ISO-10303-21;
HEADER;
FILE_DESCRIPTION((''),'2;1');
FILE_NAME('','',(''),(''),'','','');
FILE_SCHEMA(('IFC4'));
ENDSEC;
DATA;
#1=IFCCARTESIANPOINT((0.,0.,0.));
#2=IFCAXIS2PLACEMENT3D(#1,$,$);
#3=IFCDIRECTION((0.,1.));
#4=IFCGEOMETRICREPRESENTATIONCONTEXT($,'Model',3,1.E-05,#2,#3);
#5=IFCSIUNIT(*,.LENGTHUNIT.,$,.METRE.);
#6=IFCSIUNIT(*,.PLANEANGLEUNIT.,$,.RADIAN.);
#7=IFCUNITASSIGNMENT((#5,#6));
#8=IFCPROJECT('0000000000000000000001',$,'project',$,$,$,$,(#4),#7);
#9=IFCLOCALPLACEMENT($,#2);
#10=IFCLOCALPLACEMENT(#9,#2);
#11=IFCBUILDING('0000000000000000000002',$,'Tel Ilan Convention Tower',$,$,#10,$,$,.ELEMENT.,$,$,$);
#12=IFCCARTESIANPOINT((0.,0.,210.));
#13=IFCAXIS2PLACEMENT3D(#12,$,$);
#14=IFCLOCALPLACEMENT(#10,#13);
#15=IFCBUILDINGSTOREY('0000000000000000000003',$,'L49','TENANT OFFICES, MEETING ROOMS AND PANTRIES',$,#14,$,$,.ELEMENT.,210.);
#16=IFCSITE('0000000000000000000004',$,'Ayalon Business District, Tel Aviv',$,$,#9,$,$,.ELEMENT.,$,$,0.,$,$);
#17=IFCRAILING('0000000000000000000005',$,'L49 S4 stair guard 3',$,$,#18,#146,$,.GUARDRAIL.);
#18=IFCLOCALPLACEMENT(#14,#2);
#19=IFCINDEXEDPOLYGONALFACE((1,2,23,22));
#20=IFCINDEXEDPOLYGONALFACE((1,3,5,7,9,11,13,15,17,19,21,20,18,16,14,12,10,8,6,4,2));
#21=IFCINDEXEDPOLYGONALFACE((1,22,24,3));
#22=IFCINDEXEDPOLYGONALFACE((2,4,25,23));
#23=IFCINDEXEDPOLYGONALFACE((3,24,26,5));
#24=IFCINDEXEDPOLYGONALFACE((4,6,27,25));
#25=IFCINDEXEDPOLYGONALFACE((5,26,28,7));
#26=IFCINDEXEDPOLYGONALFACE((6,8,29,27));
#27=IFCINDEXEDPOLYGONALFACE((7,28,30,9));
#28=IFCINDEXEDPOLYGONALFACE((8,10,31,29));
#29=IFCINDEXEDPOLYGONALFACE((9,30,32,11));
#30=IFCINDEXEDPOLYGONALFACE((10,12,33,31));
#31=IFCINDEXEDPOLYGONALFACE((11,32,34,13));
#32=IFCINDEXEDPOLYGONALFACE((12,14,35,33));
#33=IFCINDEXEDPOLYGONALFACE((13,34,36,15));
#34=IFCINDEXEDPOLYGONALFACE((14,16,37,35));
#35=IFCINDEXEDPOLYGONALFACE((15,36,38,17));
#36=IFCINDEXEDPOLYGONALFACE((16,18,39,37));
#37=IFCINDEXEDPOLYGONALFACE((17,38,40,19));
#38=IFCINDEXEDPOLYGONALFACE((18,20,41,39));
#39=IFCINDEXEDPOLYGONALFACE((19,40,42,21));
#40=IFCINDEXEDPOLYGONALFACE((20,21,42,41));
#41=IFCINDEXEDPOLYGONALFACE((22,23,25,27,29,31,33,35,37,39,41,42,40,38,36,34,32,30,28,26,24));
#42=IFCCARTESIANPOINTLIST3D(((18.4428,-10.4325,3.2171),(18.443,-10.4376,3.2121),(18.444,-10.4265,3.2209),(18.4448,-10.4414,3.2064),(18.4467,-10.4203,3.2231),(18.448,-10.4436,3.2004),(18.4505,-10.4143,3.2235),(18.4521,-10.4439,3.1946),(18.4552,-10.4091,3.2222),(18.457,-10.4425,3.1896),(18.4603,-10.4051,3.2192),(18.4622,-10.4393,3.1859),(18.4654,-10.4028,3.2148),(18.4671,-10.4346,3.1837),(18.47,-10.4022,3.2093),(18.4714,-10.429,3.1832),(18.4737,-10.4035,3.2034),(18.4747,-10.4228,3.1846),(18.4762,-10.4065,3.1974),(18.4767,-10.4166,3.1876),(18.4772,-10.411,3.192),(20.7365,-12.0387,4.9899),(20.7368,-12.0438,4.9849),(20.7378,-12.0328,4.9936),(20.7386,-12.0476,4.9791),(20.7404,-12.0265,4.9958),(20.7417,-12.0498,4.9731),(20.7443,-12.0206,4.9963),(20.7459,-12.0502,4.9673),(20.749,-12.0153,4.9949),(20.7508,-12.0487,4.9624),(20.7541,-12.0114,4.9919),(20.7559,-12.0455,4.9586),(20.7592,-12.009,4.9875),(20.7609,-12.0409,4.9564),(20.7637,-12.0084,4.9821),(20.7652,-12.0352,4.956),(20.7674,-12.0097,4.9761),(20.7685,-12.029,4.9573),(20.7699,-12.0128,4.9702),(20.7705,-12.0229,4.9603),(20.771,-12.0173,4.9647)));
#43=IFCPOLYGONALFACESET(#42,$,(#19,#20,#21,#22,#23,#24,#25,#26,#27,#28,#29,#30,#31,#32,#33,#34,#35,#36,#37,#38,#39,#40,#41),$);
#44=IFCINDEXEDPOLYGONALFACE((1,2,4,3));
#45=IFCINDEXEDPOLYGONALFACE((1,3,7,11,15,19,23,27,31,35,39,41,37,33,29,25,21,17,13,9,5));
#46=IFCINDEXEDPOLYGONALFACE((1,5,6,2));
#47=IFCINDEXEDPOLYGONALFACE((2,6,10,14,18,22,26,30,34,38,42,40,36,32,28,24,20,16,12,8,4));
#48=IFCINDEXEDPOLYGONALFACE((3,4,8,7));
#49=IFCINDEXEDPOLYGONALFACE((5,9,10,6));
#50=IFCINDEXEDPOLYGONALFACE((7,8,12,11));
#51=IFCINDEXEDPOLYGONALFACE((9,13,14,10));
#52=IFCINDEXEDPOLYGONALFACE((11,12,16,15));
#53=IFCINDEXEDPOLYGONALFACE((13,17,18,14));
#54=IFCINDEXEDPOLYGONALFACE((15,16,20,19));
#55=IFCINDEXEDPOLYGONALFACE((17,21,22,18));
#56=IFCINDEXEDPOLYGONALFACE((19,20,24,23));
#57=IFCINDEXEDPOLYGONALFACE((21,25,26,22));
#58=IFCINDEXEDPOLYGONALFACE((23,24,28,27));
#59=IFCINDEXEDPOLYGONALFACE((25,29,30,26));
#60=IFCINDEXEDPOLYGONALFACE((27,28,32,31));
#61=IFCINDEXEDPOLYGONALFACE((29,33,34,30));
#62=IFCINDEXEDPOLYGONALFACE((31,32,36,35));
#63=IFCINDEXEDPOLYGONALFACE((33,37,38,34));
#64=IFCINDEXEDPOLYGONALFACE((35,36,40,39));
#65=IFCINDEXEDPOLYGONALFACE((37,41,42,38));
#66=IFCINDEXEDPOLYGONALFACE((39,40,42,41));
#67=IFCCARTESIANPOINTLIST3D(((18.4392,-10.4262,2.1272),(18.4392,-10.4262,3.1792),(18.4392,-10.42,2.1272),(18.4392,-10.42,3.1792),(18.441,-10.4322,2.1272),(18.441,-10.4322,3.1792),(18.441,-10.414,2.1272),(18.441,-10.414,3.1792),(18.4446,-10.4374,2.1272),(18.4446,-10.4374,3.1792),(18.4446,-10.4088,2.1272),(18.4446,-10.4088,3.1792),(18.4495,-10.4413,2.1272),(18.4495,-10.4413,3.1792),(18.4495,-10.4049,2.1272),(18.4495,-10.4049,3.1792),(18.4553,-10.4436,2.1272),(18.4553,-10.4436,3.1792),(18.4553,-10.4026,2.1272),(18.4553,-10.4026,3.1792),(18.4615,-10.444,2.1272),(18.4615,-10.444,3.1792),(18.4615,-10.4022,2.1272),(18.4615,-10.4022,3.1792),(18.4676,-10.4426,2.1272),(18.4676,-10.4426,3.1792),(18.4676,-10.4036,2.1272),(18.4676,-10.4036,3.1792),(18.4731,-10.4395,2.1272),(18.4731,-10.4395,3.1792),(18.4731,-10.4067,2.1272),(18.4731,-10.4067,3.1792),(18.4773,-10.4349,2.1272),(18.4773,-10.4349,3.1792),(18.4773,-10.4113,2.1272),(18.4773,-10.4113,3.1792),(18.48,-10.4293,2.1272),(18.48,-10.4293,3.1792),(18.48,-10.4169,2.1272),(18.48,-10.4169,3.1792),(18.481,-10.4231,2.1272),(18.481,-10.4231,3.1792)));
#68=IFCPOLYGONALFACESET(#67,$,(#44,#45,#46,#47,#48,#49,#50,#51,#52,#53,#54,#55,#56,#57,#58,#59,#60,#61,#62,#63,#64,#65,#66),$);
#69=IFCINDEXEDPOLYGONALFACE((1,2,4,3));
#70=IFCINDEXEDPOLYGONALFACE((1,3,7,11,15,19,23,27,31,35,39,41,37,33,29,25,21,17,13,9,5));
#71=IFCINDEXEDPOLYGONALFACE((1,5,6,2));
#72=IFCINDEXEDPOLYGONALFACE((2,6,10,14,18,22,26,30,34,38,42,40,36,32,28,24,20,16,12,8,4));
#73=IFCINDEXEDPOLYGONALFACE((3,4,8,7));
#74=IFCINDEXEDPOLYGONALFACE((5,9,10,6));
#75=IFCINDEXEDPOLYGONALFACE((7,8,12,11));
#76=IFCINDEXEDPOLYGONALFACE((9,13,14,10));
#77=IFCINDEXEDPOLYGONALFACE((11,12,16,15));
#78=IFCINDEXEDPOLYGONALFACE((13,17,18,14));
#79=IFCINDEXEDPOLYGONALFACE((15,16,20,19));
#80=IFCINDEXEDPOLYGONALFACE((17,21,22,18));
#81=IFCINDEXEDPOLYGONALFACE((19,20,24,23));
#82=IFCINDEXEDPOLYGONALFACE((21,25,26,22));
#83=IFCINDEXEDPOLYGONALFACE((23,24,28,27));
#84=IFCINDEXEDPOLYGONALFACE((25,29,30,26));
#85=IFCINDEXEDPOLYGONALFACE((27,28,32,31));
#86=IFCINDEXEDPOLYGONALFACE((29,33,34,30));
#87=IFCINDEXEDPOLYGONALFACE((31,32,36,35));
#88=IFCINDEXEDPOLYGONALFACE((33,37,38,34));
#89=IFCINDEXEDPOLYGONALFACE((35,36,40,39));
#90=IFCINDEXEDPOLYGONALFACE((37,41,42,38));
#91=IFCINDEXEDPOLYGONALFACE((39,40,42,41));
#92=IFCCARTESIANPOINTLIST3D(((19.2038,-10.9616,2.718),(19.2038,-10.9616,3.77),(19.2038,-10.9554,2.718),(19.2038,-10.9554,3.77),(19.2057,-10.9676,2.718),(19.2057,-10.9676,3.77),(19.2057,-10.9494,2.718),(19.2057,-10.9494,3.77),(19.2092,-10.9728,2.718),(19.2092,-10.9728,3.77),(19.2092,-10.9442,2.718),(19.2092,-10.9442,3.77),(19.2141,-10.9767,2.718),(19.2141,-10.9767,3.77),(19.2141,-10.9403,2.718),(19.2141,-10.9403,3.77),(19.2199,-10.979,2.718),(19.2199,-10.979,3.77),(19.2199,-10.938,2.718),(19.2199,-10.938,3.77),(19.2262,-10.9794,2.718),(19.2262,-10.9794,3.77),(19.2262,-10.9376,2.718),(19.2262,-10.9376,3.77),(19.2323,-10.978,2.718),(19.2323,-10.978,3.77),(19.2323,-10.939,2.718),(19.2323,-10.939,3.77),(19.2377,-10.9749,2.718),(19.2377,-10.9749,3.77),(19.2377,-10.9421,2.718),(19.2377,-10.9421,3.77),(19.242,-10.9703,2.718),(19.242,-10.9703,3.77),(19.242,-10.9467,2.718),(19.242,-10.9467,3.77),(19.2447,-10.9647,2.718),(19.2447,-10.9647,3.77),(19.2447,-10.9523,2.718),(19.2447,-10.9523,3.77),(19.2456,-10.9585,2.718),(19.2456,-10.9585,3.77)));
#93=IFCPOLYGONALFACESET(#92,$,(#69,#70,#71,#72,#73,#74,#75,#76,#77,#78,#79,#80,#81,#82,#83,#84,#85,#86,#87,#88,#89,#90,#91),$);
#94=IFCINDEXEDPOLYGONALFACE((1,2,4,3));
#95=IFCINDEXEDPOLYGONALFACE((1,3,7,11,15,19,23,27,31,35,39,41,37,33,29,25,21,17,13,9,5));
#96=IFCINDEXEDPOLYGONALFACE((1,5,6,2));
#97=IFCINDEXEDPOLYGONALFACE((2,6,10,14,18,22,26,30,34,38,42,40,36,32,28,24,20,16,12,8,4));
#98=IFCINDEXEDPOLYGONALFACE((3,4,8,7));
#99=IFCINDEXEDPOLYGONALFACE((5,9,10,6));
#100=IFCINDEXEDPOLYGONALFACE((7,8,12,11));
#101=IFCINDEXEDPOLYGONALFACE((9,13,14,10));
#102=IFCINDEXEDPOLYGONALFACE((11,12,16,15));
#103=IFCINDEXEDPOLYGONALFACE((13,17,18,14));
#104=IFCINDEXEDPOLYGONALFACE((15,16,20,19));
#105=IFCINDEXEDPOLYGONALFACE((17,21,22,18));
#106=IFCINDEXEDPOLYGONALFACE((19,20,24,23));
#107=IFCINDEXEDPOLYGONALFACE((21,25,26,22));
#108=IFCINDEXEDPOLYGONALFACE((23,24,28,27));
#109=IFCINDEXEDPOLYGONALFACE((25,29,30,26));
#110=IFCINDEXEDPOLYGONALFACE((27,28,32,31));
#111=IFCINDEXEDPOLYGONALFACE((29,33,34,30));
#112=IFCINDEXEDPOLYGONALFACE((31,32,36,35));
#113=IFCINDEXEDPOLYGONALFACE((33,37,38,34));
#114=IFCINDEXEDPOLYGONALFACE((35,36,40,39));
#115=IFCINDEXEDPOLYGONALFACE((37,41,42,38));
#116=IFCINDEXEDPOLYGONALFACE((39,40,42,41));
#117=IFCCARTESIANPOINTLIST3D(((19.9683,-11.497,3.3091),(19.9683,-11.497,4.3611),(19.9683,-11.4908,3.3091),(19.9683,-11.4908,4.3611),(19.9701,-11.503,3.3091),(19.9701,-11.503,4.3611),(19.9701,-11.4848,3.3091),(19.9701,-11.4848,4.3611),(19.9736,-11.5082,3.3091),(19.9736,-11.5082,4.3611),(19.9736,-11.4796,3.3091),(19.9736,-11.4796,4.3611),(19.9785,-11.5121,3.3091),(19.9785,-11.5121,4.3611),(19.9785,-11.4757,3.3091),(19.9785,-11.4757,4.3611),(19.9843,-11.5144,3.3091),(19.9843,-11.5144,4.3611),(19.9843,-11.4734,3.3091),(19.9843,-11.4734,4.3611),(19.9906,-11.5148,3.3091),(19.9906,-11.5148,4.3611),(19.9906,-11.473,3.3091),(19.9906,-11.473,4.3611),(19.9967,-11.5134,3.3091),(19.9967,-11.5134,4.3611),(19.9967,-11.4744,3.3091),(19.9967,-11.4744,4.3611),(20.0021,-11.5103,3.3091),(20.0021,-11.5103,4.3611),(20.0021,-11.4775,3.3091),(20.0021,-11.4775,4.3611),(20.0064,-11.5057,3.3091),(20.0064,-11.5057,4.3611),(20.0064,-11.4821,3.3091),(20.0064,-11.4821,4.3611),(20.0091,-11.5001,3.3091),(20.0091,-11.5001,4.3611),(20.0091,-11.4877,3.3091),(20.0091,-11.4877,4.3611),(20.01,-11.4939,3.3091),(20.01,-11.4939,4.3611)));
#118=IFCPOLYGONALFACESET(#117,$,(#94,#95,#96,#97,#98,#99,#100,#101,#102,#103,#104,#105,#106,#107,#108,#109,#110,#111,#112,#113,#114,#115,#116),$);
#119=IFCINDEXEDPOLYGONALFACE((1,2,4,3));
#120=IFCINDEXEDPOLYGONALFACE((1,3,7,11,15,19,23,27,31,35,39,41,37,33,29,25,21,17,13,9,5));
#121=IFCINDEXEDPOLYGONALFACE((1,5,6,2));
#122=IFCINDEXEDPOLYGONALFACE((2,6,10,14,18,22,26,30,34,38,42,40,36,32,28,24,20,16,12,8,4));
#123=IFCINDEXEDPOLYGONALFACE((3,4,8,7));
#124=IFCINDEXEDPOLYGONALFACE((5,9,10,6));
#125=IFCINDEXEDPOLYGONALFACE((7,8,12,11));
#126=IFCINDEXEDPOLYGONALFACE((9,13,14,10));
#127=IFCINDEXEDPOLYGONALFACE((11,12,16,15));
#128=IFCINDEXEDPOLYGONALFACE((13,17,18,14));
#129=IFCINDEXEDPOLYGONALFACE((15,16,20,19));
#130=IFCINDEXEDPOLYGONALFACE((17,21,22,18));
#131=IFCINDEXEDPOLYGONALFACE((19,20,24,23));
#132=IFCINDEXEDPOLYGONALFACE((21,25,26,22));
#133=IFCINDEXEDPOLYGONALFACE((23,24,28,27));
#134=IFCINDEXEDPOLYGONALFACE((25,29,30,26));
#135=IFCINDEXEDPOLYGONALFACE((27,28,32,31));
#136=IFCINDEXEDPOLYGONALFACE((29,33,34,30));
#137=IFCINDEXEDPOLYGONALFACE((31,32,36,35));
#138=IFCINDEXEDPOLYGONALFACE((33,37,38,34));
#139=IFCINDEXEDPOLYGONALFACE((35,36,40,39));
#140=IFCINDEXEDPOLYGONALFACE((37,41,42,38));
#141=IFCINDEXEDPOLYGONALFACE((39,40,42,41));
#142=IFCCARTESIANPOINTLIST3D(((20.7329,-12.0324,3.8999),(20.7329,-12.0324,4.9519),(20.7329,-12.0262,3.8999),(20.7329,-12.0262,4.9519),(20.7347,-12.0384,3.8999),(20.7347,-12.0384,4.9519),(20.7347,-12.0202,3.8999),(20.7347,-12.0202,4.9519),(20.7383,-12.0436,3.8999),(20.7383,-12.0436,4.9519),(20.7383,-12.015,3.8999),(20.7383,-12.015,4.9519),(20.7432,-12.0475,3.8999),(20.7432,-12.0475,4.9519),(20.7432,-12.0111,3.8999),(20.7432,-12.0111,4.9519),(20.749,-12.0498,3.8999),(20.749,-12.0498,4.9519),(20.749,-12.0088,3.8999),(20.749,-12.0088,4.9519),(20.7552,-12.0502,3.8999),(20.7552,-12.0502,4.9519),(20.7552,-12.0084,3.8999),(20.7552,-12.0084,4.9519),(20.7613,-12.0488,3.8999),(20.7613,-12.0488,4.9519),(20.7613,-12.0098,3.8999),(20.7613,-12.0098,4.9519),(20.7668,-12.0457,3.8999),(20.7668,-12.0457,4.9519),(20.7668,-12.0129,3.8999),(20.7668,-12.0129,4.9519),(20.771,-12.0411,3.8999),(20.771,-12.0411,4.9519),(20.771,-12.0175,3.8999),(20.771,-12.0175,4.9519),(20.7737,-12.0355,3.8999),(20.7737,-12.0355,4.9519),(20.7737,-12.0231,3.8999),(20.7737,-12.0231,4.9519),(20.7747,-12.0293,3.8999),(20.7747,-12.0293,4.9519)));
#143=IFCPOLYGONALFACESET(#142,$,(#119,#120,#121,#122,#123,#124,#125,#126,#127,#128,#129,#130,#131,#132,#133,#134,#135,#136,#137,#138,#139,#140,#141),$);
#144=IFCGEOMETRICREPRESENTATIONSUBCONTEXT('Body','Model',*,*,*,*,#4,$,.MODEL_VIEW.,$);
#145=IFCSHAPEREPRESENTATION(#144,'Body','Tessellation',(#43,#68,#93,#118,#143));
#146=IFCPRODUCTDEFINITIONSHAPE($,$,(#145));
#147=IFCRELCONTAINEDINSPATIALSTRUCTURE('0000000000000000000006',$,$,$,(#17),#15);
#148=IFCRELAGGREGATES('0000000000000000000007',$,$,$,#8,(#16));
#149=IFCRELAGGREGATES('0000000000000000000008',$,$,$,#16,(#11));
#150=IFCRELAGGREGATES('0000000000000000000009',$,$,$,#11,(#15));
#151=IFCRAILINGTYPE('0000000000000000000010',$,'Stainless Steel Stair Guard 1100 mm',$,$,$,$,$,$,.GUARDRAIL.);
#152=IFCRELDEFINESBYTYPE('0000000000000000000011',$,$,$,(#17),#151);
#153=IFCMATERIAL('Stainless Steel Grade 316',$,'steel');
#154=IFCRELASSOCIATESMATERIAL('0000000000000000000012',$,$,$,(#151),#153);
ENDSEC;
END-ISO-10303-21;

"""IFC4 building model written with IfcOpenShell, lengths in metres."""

from ifc_helpers import new_model, si_unit, direction, frame, origin, origin_2d, place, context, subcontext, project, spatial, circle, extrude, material, type_object, element, save


model = new_model("IFC4")

# Units and contexts
model_context = context("Model", 3, precision=1e-05, world=origin(), true_north=direction((0.0, 1.0)))
body_context = subcontext(model_context, "Body", "Model", "MODEL_VIEW")
ifc_project = project(units=[si_unit("LENGTHUNIT", "METRE"), si_unit("PLANEANGLEUNIT", "RADIAN")], contexts=[model_context])

# Site, building, storey
site_placement = place(None, origin())
site = spatial("IfcSite", under=ifc_project, at=site_placement, Name="Ayalon Business District, Tel Aviv", CompositionType="ELEMENT", RefElevation=0.0)
building_placement = place(site_placement, origin())
building = spatial("IfcBuilding", under=site, at=building_placement, Name="Tel Ilan Convention Tower", CompositionType="ELEMENT")
storey_placement = place(building_placement, frame((0.0, 0.0, 210.0)))
storey = spatial("IfcBuildingStorey", under=building, at=storey_placement, Name="L49", Description="TENANT OFFICES, MEETING ROOMS AND PANTRIES", CompositionType="ELEMENT", Elevation=210.0)

# Railing
ifc_material_1 = material(Name="Stainless Steel Grade 316", Category="steel")
railing_type_1 = type_object("IfcRailingType", Name="Stainless Steel Stair Guard 1100 mm", PredefinedType="GUARDRAIL", material=ifc_material_1)
railing_1_placement = place(storey_placement, frame((18.46, -10.4231, 2.1272)))
element("IfcRailing", 1, at=railing_1_placement, inside=storey, type_object=railing_type_1, Name="L49 S4 stair guard 3", PredefinedType="GUARDRAIL", context=body_context, shape_type="SweptSolid", body=[
    extrude(circle(Radius=0.0239, at=origin_2d()), frame((0.0, 0.0, 1.0762), z_axis=(0.692098, -0.484653, 0.534894), x_axis=(0.573609, 0.81913, 0.0)), (0.0, 0.0, 1.0), 3.3142),
    extrude(circle(Radius=0.021, at=origin_2d()), origin(), (0.0, 0.0, 1.0), 1.052),
    extrude(circle(Radius=0.021, at=origin_2d()), frame((0.7646, -0.5354, 0.5908)), (0.0, 0.0, 1.0), 1.052),
    extrude(circle(Radius=0.021, at=origin_2d()), frame((1.5291, -1.0708, 1.1819)), (0.0, 0.0, 1.0), 1.052),
    extrude(circle(Radius=0.021, at=origin_2d()), frame((2.2937, -1.6062, 1.7727)), (0.0, 0.0, 1.0), 1.052),
])

save(model, "model.ifc")
